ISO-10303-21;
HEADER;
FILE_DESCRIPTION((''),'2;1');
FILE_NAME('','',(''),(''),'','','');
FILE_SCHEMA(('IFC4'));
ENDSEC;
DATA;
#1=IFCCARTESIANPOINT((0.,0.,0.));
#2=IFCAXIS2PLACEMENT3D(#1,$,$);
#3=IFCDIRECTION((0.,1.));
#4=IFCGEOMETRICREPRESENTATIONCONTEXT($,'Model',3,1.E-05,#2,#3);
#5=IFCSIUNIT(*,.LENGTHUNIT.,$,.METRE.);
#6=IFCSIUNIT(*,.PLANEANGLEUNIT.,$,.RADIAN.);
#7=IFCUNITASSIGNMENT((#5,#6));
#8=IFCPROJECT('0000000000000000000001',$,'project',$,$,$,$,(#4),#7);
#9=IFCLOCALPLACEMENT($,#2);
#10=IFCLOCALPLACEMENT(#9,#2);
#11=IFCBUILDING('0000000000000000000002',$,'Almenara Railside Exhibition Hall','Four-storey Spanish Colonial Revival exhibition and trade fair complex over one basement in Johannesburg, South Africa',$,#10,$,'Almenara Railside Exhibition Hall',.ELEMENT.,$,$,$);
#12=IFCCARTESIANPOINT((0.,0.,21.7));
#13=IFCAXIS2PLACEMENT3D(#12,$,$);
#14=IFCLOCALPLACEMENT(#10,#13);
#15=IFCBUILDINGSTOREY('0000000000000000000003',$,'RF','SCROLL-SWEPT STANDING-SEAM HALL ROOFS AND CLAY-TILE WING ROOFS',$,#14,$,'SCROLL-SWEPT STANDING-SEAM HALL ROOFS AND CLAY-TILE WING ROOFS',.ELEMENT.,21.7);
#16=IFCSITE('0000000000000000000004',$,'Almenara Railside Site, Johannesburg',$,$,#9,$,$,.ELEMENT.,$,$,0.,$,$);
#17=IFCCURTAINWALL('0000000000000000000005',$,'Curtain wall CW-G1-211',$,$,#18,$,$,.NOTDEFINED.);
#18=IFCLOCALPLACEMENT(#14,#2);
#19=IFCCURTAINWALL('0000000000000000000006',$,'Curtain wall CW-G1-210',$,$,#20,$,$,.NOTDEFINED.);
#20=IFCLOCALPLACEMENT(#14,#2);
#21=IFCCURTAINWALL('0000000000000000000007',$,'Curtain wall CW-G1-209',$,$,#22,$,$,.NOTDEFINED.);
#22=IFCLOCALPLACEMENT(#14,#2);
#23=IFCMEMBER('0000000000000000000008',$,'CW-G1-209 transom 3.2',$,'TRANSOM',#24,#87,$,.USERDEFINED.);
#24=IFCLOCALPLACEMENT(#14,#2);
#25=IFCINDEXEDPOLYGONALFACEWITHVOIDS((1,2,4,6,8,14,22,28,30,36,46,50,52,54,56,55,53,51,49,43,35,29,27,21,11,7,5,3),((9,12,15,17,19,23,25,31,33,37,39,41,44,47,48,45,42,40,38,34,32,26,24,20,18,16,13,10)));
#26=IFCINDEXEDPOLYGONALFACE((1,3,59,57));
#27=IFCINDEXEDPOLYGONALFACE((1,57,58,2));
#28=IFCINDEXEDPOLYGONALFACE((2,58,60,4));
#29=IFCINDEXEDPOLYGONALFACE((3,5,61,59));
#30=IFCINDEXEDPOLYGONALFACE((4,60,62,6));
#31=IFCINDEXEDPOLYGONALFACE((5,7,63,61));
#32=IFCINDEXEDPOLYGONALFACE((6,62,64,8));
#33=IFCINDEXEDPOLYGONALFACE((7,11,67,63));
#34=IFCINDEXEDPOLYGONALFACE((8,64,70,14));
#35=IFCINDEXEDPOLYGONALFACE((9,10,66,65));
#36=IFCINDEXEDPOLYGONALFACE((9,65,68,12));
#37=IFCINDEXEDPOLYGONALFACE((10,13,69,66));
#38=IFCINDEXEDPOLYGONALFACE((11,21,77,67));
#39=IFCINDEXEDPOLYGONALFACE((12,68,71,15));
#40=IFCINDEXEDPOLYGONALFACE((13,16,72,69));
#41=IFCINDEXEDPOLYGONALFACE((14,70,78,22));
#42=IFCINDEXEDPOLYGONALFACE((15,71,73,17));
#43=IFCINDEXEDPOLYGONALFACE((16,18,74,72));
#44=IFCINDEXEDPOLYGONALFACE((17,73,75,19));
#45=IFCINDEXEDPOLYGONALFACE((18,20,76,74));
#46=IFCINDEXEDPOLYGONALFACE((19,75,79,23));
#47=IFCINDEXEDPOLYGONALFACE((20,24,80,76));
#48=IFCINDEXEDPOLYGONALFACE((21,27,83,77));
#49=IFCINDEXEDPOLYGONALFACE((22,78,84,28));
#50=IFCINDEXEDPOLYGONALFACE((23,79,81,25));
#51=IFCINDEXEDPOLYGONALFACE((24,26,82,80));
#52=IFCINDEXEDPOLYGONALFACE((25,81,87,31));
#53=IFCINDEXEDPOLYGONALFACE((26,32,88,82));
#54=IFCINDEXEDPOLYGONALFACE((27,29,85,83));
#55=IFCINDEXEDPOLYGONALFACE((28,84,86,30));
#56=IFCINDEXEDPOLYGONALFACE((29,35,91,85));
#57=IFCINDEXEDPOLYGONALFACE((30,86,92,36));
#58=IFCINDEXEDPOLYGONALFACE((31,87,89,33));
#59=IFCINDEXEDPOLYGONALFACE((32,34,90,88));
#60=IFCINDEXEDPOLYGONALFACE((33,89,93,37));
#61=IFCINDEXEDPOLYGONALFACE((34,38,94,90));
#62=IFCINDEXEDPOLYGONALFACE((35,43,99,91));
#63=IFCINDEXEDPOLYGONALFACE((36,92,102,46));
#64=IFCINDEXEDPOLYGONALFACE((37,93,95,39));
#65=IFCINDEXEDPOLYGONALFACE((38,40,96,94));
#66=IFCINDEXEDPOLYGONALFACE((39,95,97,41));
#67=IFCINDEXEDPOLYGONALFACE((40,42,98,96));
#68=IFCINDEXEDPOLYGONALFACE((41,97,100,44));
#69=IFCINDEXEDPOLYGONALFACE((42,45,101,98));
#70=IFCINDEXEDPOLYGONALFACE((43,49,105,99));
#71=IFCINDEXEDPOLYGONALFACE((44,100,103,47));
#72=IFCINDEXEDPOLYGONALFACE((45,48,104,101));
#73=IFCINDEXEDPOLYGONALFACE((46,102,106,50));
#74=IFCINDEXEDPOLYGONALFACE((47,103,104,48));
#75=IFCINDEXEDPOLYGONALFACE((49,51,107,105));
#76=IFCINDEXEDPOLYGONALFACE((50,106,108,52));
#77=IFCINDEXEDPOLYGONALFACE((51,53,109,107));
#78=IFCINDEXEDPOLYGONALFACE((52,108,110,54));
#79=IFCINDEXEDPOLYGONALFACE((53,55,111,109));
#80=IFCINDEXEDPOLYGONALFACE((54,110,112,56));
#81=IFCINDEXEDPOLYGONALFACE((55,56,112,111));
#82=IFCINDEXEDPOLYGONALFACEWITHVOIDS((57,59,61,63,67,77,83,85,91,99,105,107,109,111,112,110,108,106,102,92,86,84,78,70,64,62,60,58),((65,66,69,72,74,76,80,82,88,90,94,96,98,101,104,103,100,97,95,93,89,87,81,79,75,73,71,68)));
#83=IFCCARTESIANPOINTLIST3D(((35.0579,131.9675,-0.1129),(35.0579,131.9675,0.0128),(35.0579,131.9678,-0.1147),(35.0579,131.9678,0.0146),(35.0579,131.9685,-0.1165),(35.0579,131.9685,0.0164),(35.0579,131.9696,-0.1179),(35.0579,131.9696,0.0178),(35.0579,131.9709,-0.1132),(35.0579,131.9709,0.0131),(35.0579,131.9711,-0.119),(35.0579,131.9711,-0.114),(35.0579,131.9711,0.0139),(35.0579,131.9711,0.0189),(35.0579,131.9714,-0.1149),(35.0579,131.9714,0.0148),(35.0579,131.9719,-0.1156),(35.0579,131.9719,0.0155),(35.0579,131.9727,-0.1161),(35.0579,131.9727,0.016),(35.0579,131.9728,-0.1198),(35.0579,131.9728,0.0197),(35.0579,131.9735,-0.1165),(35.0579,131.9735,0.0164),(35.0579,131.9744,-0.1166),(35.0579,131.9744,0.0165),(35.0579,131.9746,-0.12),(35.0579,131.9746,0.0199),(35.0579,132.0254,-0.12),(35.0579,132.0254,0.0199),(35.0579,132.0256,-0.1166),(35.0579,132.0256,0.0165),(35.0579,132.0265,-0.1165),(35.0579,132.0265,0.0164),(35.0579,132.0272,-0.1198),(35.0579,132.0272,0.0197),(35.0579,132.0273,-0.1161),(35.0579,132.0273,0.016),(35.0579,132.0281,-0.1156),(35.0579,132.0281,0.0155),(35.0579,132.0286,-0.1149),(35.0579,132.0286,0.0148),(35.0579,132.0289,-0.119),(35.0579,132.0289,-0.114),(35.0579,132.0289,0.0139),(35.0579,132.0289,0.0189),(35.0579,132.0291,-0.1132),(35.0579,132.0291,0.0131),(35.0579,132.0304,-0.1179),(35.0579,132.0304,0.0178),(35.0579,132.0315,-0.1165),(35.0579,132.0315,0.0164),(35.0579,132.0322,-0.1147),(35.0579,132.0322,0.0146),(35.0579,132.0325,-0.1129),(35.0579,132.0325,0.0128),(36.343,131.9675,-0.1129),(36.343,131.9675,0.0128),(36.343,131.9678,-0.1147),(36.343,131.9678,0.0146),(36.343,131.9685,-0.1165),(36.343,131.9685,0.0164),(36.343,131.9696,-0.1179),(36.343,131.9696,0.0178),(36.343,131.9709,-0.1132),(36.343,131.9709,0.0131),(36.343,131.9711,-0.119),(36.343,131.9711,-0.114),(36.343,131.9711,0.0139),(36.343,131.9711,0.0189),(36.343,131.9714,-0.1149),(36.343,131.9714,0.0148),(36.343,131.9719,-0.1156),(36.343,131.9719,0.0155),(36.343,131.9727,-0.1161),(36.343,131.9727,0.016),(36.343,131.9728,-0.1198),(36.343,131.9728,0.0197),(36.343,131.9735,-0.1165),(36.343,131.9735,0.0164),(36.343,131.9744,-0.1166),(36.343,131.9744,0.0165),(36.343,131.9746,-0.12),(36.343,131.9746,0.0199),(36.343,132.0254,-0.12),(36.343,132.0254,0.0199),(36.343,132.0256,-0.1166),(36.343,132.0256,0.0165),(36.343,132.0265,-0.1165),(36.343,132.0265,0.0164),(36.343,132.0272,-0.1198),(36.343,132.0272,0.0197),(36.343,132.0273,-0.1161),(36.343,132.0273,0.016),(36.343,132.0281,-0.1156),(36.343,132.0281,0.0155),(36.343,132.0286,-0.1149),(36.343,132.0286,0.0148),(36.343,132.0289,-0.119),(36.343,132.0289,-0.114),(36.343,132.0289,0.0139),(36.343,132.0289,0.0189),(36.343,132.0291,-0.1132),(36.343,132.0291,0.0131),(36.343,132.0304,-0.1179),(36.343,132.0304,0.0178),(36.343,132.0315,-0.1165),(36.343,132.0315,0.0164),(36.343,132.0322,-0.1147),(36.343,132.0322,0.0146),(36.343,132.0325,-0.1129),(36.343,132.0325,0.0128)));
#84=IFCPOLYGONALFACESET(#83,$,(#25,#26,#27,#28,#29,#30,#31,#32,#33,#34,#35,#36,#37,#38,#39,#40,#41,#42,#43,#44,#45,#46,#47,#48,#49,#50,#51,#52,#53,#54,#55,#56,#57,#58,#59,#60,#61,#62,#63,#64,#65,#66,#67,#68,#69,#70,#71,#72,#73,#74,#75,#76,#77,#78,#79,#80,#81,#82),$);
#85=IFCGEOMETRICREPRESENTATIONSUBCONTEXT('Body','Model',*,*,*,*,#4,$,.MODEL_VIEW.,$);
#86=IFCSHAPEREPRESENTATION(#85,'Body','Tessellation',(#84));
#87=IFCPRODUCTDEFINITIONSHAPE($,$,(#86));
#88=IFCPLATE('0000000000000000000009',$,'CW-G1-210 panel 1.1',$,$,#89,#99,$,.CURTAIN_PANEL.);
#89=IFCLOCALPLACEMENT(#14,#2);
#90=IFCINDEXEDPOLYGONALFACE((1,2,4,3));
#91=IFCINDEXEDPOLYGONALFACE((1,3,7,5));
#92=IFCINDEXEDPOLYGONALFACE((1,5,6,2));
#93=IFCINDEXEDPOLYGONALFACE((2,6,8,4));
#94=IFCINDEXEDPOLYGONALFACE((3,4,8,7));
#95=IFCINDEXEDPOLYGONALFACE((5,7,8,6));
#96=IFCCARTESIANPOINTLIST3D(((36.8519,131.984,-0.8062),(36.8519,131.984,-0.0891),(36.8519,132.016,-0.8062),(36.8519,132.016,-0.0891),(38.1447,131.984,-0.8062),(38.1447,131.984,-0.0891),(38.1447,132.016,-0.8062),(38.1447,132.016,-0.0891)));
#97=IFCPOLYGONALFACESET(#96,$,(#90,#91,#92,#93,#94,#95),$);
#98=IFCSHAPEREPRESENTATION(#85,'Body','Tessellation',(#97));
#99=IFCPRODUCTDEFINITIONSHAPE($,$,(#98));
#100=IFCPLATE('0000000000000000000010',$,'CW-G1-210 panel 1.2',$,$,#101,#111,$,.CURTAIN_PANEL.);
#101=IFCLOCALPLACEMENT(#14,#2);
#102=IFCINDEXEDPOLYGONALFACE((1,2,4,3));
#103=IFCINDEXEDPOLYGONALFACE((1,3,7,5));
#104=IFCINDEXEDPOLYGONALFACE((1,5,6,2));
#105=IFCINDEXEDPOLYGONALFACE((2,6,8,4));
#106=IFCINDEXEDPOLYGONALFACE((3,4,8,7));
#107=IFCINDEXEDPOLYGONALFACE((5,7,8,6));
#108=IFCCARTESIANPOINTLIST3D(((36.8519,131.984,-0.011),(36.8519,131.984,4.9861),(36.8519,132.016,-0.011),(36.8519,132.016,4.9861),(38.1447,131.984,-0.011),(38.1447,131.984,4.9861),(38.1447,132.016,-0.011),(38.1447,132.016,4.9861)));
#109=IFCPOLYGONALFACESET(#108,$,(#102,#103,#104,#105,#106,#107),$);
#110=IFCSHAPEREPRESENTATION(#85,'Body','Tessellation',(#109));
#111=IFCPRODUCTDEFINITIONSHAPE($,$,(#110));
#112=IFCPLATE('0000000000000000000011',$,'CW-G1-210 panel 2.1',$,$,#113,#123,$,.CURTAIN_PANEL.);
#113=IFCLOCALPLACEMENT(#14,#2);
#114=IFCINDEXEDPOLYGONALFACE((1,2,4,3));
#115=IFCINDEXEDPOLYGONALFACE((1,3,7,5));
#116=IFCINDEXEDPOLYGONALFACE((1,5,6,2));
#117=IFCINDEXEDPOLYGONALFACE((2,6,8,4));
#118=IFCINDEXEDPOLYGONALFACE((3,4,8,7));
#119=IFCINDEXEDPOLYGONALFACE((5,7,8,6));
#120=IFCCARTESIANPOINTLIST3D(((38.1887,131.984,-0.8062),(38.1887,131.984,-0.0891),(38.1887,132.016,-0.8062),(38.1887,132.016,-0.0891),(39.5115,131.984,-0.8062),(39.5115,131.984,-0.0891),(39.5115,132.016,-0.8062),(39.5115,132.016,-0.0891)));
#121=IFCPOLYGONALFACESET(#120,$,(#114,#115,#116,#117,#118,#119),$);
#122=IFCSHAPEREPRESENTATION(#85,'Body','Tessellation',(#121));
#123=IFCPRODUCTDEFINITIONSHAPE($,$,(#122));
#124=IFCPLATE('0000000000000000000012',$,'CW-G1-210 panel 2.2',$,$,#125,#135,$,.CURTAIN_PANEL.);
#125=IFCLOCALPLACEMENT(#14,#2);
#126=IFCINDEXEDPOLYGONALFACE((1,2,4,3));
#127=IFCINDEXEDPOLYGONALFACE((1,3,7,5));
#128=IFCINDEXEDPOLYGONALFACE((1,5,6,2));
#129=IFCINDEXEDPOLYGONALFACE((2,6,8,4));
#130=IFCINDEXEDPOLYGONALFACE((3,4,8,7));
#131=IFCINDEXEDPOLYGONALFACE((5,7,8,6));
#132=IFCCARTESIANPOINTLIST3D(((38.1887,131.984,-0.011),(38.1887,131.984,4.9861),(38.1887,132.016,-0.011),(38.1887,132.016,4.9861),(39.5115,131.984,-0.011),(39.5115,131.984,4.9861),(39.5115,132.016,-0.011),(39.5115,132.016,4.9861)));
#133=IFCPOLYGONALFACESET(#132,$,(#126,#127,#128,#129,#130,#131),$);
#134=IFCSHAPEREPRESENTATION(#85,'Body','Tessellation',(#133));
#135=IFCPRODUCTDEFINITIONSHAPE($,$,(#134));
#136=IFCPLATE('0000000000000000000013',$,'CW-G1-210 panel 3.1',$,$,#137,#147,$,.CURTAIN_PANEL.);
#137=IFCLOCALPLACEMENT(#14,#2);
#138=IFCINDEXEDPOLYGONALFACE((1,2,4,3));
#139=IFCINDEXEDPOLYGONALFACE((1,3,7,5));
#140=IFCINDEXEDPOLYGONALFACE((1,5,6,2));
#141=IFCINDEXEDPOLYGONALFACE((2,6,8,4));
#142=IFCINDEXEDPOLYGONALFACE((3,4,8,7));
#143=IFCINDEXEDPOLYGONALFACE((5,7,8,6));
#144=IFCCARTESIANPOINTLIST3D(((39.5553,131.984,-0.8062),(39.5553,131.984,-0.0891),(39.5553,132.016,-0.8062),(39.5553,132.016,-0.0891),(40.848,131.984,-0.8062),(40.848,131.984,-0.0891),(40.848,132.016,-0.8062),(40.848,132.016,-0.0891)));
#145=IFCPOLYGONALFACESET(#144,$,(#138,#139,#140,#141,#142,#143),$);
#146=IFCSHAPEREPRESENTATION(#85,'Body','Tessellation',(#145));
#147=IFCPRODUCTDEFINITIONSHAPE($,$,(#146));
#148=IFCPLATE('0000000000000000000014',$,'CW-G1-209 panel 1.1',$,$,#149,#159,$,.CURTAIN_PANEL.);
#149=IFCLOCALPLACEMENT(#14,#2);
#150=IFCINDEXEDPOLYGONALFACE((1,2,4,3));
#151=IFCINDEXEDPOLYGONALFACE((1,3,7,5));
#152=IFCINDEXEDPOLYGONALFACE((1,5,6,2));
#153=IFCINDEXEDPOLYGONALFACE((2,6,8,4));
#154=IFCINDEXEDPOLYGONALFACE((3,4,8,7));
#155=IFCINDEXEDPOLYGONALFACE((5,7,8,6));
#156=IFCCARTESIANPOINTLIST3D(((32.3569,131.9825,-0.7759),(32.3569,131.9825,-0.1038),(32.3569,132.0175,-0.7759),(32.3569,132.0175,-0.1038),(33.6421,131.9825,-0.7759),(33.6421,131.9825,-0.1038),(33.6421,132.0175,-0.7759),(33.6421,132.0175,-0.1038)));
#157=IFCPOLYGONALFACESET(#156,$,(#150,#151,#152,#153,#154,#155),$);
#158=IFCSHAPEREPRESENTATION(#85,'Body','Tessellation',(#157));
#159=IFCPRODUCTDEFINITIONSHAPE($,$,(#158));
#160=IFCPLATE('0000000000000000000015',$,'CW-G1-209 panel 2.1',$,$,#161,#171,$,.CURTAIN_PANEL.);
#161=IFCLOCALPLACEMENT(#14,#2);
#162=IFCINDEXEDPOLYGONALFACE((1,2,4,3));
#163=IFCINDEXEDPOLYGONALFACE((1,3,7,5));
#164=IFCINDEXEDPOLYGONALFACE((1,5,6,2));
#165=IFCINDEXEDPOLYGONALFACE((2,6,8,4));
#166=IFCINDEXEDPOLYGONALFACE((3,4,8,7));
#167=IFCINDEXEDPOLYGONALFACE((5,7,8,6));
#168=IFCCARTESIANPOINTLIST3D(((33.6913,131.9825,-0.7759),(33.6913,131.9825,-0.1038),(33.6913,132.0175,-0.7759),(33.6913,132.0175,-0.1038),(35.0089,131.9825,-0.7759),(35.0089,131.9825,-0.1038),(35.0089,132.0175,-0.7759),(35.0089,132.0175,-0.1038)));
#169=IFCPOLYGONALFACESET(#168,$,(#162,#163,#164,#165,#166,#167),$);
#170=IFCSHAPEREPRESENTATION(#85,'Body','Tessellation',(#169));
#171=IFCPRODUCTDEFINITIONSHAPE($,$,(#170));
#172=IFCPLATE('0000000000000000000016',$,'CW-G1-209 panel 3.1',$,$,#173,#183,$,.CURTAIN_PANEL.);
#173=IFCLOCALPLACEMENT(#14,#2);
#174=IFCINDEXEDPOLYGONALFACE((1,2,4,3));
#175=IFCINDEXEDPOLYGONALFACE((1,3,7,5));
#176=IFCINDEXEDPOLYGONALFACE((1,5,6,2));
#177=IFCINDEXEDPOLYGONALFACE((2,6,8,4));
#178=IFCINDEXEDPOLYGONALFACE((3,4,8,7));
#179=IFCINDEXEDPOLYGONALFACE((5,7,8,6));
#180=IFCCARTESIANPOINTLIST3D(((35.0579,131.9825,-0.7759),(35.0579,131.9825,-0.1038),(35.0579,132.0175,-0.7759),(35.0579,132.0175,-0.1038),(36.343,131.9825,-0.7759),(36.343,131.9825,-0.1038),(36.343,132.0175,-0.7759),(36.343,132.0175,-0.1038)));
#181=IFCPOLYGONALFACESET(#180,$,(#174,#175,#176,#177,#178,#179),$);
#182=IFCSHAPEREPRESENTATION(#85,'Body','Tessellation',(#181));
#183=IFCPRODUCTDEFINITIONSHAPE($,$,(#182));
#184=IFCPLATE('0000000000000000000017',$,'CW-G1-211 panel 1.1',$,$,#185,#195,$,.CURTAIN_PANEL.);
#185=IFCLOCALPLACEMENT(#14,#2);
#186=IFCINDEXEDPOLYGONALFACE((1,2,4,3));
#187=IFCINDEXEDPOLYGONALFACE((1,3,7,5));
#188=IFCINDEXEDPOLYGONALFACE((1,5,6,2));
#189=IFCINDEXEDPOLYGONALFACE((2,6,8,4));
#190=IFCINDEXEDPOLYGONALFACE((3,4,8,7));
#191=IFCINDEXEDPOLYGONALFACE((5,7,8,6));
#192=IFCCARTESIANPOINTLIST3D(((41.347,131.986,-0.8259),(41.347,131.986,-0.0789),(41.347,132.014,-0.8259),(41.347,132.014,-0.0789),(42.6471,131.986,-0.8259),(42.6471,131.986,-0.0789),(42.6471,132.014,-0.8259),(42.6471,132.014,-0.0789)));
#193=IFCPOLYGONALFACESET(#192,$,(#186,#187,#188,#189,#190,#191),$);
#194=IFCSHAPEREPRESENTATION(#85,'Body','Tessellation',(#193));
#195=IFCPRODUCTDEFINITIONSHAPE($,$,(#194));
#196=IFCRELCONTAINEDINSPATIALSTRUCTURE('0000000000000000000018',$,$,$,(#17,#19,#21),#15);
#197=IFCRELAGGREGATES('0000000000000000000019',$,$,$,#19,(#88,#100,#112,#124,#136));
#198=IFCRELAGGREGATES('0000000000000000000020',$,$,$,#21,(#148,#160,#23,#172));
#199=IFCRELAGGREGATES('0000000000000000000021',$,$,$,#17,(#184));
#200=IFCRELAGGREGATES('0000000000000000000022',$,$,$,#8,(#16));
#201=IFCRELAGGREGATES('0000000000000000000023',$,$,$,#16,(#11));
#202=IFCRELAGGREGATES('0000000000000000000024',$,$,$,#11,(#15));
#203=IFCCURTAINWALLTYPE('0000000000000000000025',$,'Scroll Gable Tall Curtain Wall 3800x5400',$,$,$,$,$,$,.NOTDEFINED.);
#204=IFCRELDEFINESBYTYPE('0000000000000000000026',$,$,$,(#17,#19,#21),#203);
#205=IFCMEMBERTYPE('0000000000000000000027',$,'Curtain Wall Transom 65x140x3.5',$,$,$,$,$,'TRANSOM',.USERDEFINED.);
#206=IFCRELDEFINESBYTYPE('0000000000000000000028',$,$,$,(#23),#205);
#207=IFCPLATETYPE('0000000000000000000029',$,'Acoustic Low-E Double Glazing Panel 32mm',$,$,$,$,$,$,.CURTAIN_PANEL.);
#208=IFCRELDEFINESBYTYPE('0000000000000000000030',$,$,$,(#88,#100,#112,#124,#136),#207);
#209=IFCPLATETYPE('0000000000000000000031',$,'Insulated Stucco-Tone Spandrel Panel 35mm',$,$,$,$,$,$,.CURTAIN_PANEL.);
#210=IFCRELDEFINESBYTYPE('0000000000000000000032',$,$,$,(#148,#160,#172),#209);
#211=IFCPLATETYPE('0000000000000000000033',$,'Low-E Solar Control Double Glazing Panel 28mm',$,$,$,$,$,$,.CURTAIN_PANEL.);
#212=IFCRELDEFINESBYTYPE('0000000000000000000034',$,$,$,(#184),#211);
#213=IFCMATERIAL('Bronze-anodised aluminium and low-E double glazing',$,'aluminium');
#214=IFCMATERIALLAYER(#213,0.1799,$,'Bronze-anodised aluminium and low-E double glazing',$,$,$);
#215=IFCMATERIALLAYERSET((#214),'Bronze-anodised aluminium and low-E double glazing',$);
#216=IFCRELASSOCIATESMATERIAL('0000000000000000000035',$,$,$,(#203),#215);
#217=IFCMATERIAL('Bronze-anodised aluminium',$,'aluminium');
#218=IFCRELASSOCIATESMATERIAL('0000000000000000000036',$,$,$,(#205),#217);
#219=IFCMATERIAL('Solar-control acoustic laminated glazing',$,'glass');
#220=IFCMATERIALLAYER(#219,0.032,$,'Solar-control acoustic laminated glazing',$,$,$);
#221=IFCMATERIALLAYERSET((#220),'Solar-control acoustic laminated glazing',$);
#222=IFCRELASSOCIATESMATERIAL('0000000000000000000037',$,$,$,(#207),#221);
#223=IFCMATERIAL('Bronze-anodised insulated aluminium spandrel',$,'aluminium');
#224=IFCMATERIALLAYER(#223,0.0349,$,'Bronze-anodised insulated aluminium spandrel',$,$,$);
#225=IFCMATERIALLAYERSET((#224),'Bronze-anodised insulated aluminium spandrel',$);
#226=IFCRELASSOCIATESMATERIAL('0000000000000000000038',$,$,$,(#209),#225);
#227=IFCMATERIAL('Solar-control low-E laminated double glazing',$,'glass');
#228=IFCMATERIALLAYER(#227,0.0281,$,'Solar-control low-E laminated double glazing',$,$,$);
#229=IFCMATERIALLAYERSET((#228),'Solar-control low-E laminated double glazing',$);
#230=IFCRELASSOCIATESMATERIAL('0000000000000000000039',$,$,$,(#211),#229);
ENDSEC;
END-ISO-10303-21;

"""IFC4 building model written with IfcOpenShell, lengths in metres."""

from ifc_helpers import new_model, si_unit, direction, frame, origin, origin_2d, place, context, subcontext, project, spatial, rectangle, hollow_rectangle, extrude, material, layer, layer_set, material_profile, profile_set, type_object, element, aggregate, save


model = new_model("IFC4")

# Units and contexts
model_context = context("Model", 3, precision=1e-05, world=origin(), true_north=direction((0.0, 1.0)))
body_context = subcontext(model_context, "Body", "Model", "MODEL_VIEW")
ifc_project = project(units=[si_unit("LENGTHUNIT", "METRE"), si_unit("PLANEANGLEUNIT", "RADIAN")], contexts=[model_context])

# Site, building, storey
site_placement = place(None, origin())
site = spatial("IfcSite", under=ifc_project, at=site_placement, Name="Almenara Railside Site, Johannesburg", CompositionType="ELEMENT", RefElevation=0.0)
building_placement = place(site_placement, origin())
building = spatial("IfcBuilding", under=site, at=building_placement, Name="Almenara Railside Exhibition Hall", Description="Four-storey Spanish Colonial Revival exhibition and trade fair complex over one basement in Johannesburg, South Africa", LongName="Almenara Railside Exhibition Hall", CompositionType="ELEMENT")
storey_placement = place(building_placement, frame((0.0, 0.0, 21.7)))
storey = spatial("IfcBuildingStorey", under=building, at=storey_placement, Name="RF", Description="SCROLL-SWEPT STANDING-SEAM HALL ROOFS AND CLAY-TILE WING ROOFS", LongName="SCROLL-SWEPT STANDING-SEAM HALL ROOFS AND CLAY-TILE WING ROOFS", CompositionType="ELEMENT", Elevation=21.7)

# Curtain walls
ifc_material_1 = material(Name="Bronze-anodised aluminium and low-E double glazing", Category="aluminium")
ifc_layer_1 = layer(ifc_material_1, 0.1799, Name="Bronze-anodised aluminium and low-E double glazing")
ifc_layer_set_1 = layer_set([ifc_layer_1], Name="Bronze-anodised aluminium and low-E double glazing")
curtain_wall_type = type_object("IfcCurtainWallType", Name="Scroll Gable Tall Curtain Wall 3800x5400", PredefinedType="NOTDEFINED", material=ifc_layer_set_1)
curtain_wall_1_placement = place(storey_placement, origin())
curtain_wall_1 = element("IfcCurtainWall", 1, at=curtain_wall_1_placement, inside=storey, type_object=curtain_wall_type, Name="Curtain wall CW-G1-211", PredefinedType="NOTDEFINED")
ifc_material_2 = material(Name="Bronze-anodised aluminium", Category="aluminium")
curtain_wall_2_placement = place(storey_placement, origin())
curtain_wall_2 = element("IfcCurtainWall", 2, at=curtain_wall_2_placement, inside=storey, type_object=curtain_wall_type, Name="Curtain wall CW-G1-210", PredefinedType="NOTDEFINED")
curtain_wall_3_placement = place(storey_placement, origin())
curtain_wall_3 = element("IfcCurtainWall", 3, at=curtain_wall_3_placement, inside=storey, type_object=curtain_wall_type, Name="Curtain wall CW-G1-209", PredefinedType="NOTDEFINED")

# Member
ifc_material_profile_1 = material_profile(ifc_material_2, hollow_rectangle(XDim=0.0649, YDim=0.1399, WallThickness=0.0034, InnerFilletRadius=0.0034, OuterFilletRadius=0.0071, at=origin_2d()), Name="ALU-TRN 65x140x3.5")
ifc_profile_set_1 = profile_set([ifc_material_profile_1], Name="Bronze-anodised aluminium")
member_type_1 = type_object("IfcMemberType", Name="Curtain Wall Transom 65x140x3.5", ElementType="TRANSOM", PredefinedType="USERDEFINED", material=ifc_profile_set_1)
member_1_placement = place(storey_placement, frame((35.0579, 132.0, -0.05), z_axis=(1.0, 0.0, 0.0), x_axis=(0.0, 1.0, 0.0)))
member_1 = element("IfcMember", 4, at=member_1_placement, type_object=member_type_1, Name="CW-G1-209 transom 3.2", ObjectType="TRANSOM", PredefinedType="USERDEFINED", context=body_context, shape_type="SweptSolid", body=[
    extrude(hollow_rectangle(XDim=0.0649, YDim=0.1399, WallThickness=0.0034, InnerFilletRadius=0.0034, OuterFilletRadius=0.0071, at=origin_2d()), origin(), (0.0, 0.0, 1.0), 1.2852),
])

# Plates
ifc_material_3 = material(Name="Solar-control acoustic laminated glazing", Category="glass")
ifc_layer_2 = layer(ifc_material_3, 0.032, Name="Solar-control acoustic laminated glazing")
ifc_layer_set_2 = layer_set([ifc_layer_2], Name="Solar-control acoustic laminated glazing")
plate_type_1 = type_object("IfcPlateType", Name="Acoustic Low-E Double Glazing Panel 32mm", PredefinedType="CURTAIN_PANEL", material=ifc_layer_set_2)
plate_1_placement = place(storey_placement, frame((37.4983, 132.0, -0.8062), z_axis=(0.0, 0.0, 1.0), x_axis=(1.0, 0.0, 0.0)))
plate_1 = element("IfcPlate", 5, at=plate_1_placement, type_object=plate_type_1, Name="CW-G1-210 panel 1.1", PredefinedType="CURTAIN_PANEL", context=body_context, shape_type="SweptSolid", body=[
    extrude(rectangle(XDim=1.2927, YDim=0.032, at=origin_2d()), origin(), (0.0, 0.0, 1.0), 0.717),
])
plate_2_placement = place(storey_placement, frame((37.4983, 132.0, -0.011), z_axis=(0.0, 0.0, 1.0), x_axis=(1.0, 0.0, 0.0)))
plate_2 = element("IfcPlate", 6, at=plate_2_placement, type_object=plate_type_1, Name="CW-G1-210 panel 1.2", PredefinedType="CURTAIN_PANEL", context=body_context, shape_type="SweptSolid", body=[
    extrude(rectangle(XDim=1.2927, YDim=0.032, at=origin_2d()), origin(), (0.0, 0.0, 1.0), 4.9971),
])
plate_3_placement = place(storey_placement, frame((38.8501, 132.0, -0.8062), z_axis=(0.0, 0.0, 1.0), x_axis=(1.0, 0.0, 0.0)))
plate_3 = element("IfcPlate", 7, at=plate_3_placement, type_object=plate_type_1, Name="CW-G1-210 panel 2.1", PredefinedType="CURTAIN_PANEL", context=body_context, shape_type="SweptSolid", body=[
    extrude(rectangle(XDim=1.3228, YDim=0.032, at=origin_2d()), origin(), (0.0, 0.0, 1.0), 0.717),
])
plate_4_placement = place(storey_placement, frame((38.8501, 132.0, -0.011), z_axis=(0.0, 0.0, 1.0), x_axis=(1.0, 0.0, 0.0)))
plate_4 = element("IfcPlate", 8, at=plate_4_placement, type_object=plate_type_1, Name="CW-G1-210 panel 2.2", PredefinedType="CURTAIN_PANEL", context=body_context, shape_type="SweptSolid", body=[
    extrude(rectangle(XDim=1.3228, YDim=0.032, at=origin_2d()), origin(), (0.0, 0.0, 1.0), 4.9971),
])
plate_5_placement = place(storey_placement, frame((40.2017, 132.0, -0.8062), z_axis=(0.0, 0.0, 1.0), x_axis=(1.0, 0.0, 0.0)))
plate_5 = element("IfcPlate", 9, at=plate_5_placement, type_object=plate_type_1, Name="CW-G1-210 panel 3.1", PredefinedType="CURTAIN_PANEL", context=body_context, shape_type="SweptSolid", body=[
    extrude(rectangle(XDim=1.2927, YDim=0.032, at=origin_2d()), origin(), (0.0, 0.0, 1.0), 0.717),
])
aggregate(curtain_wall_2, [plate_1, plate_2, plate_3, plate_4, plate_5])
ifc_material_4 = material(Name="Bronze-anodised insulated aluminium spandrel", Category="aluminium")
ifc_layer_3 = layer(ifc_material_4, 0.0349, Name="Bronze-anodised insulated aluminium spandrel")
ifc_layer_set_3 = layer_set([ifc_layer_3], Name="Bronze-anodised insulated aluminium spandrel")
plate_type_2 = type_object("IfcPlateType", Name="Insulated Stucco-Tone Spandrel Panel 35mm", PredefinedType="CURTAIN_PANEL", material=ifc_layer_set_3)
plate_6_placement = place(storey_placement, frame((32.9995, 132.0, -0.7759), z_axis=(0.0, 0.0, 1.0), x_axis=(1.0, 0.0, 0.0)))
plate_6 = element("IfcPlate", 10, at=plate_6_placement, type_object=plate_type_2, Name="CW-G1-209 panel 1.1", PredefinedType="CURTAIN_PANEL", context=body_context, shape_type="SweptSolid", body=[
    extrude(rectangle(XDim=1.2852, YDim=0.0349, at=origin_2d()), origin(), (0.0, 0.0, 1.0), 0.6721),
])
plate_7_placement = place(storey_placement, frame((34.3501, 132.0, -0.7759), z_axis=(0.0, 0.0, 1.0), x_axis=(1.0, 0.0, 0.0)))
plate_7 = element("IfcPlate", 11, at=plate_7_placement, type_object=plate_type_2, Name="CW-G1-209 panel 2.1", PredefinedType="CURTAIN_PANEL", context=body_context, shape_type="SweptSolid", body=[
    extrude(rectangle(XDim=1.3176, YDim=0.0349, at=origin_2d()), origin(), (0.0, 0.0, 1.0), 0.6721),
])
plate_8_placement = place(storey_placement, frame((35.7004, 132.0, -0.7759), z_axis=(0.0, 0.0, 1.0), x_axis=(1.0, 0.0, 0.0)))
plate_8 = element("IfcPlate", 12, at=plate_8_placement, type_object=plate_type_2, Name="CW-G1-209 panel 3.1", PredefinedType="CURTAIN_PANEL", context=body_context, shape_type="SweptSolid", body=[
    extrude(rectangle(XDim=1.2852, YDim=0.0349, at=origin_2d()), origin(), (0.0, 0.0, 1.0), 0.6721),
])
aggregate(curtain_wall_3, [plate_6, plate_7, member_1, plate_8])
ifc_material_5 = material(Name="Solar-control low-E laminated double glazing", Category="glass")
ifc_layer_4 = layer(ifc_material_5, 0.0281, Name="Solar-control low-E laminated double glazing")
ifc_layer_set_4 = layer_set([ifc_layer_4], Name="Solar-control low-E laminated double glazing")
plate_type_3 = type_object("IfcPlateType", Name="Low-E Solar Control Double Glazing Panel 28mm", PredefinedType="CURTAIN_PANEL", material=ifc_layer_set_4)
plate_9_placement = place(storey_placement, frame((41.9971, 132.0, -0.8259), z_axis=(0.0, 0.0, 1.0), x_axis=(1.0, 0.0, 0.0)))
plate_9 = element("IfcPlate", 13, at=plate_9_placement, type_object=plate_type_3, Name="CW-G1-211 panel 1.1", PredefinedType="CURTAIN_PANEL", context=body_context, shape_type="SweptSolid", body=[
    extrude(rectangle(XDim=1.3, YDim=0.0281, at=origin_2d()), origin(), (0.0, 0.0, 1.0), 0.7471),
])
aggregate(curtain_wall_1, [plate_9])

save(model, "model.ifc")
